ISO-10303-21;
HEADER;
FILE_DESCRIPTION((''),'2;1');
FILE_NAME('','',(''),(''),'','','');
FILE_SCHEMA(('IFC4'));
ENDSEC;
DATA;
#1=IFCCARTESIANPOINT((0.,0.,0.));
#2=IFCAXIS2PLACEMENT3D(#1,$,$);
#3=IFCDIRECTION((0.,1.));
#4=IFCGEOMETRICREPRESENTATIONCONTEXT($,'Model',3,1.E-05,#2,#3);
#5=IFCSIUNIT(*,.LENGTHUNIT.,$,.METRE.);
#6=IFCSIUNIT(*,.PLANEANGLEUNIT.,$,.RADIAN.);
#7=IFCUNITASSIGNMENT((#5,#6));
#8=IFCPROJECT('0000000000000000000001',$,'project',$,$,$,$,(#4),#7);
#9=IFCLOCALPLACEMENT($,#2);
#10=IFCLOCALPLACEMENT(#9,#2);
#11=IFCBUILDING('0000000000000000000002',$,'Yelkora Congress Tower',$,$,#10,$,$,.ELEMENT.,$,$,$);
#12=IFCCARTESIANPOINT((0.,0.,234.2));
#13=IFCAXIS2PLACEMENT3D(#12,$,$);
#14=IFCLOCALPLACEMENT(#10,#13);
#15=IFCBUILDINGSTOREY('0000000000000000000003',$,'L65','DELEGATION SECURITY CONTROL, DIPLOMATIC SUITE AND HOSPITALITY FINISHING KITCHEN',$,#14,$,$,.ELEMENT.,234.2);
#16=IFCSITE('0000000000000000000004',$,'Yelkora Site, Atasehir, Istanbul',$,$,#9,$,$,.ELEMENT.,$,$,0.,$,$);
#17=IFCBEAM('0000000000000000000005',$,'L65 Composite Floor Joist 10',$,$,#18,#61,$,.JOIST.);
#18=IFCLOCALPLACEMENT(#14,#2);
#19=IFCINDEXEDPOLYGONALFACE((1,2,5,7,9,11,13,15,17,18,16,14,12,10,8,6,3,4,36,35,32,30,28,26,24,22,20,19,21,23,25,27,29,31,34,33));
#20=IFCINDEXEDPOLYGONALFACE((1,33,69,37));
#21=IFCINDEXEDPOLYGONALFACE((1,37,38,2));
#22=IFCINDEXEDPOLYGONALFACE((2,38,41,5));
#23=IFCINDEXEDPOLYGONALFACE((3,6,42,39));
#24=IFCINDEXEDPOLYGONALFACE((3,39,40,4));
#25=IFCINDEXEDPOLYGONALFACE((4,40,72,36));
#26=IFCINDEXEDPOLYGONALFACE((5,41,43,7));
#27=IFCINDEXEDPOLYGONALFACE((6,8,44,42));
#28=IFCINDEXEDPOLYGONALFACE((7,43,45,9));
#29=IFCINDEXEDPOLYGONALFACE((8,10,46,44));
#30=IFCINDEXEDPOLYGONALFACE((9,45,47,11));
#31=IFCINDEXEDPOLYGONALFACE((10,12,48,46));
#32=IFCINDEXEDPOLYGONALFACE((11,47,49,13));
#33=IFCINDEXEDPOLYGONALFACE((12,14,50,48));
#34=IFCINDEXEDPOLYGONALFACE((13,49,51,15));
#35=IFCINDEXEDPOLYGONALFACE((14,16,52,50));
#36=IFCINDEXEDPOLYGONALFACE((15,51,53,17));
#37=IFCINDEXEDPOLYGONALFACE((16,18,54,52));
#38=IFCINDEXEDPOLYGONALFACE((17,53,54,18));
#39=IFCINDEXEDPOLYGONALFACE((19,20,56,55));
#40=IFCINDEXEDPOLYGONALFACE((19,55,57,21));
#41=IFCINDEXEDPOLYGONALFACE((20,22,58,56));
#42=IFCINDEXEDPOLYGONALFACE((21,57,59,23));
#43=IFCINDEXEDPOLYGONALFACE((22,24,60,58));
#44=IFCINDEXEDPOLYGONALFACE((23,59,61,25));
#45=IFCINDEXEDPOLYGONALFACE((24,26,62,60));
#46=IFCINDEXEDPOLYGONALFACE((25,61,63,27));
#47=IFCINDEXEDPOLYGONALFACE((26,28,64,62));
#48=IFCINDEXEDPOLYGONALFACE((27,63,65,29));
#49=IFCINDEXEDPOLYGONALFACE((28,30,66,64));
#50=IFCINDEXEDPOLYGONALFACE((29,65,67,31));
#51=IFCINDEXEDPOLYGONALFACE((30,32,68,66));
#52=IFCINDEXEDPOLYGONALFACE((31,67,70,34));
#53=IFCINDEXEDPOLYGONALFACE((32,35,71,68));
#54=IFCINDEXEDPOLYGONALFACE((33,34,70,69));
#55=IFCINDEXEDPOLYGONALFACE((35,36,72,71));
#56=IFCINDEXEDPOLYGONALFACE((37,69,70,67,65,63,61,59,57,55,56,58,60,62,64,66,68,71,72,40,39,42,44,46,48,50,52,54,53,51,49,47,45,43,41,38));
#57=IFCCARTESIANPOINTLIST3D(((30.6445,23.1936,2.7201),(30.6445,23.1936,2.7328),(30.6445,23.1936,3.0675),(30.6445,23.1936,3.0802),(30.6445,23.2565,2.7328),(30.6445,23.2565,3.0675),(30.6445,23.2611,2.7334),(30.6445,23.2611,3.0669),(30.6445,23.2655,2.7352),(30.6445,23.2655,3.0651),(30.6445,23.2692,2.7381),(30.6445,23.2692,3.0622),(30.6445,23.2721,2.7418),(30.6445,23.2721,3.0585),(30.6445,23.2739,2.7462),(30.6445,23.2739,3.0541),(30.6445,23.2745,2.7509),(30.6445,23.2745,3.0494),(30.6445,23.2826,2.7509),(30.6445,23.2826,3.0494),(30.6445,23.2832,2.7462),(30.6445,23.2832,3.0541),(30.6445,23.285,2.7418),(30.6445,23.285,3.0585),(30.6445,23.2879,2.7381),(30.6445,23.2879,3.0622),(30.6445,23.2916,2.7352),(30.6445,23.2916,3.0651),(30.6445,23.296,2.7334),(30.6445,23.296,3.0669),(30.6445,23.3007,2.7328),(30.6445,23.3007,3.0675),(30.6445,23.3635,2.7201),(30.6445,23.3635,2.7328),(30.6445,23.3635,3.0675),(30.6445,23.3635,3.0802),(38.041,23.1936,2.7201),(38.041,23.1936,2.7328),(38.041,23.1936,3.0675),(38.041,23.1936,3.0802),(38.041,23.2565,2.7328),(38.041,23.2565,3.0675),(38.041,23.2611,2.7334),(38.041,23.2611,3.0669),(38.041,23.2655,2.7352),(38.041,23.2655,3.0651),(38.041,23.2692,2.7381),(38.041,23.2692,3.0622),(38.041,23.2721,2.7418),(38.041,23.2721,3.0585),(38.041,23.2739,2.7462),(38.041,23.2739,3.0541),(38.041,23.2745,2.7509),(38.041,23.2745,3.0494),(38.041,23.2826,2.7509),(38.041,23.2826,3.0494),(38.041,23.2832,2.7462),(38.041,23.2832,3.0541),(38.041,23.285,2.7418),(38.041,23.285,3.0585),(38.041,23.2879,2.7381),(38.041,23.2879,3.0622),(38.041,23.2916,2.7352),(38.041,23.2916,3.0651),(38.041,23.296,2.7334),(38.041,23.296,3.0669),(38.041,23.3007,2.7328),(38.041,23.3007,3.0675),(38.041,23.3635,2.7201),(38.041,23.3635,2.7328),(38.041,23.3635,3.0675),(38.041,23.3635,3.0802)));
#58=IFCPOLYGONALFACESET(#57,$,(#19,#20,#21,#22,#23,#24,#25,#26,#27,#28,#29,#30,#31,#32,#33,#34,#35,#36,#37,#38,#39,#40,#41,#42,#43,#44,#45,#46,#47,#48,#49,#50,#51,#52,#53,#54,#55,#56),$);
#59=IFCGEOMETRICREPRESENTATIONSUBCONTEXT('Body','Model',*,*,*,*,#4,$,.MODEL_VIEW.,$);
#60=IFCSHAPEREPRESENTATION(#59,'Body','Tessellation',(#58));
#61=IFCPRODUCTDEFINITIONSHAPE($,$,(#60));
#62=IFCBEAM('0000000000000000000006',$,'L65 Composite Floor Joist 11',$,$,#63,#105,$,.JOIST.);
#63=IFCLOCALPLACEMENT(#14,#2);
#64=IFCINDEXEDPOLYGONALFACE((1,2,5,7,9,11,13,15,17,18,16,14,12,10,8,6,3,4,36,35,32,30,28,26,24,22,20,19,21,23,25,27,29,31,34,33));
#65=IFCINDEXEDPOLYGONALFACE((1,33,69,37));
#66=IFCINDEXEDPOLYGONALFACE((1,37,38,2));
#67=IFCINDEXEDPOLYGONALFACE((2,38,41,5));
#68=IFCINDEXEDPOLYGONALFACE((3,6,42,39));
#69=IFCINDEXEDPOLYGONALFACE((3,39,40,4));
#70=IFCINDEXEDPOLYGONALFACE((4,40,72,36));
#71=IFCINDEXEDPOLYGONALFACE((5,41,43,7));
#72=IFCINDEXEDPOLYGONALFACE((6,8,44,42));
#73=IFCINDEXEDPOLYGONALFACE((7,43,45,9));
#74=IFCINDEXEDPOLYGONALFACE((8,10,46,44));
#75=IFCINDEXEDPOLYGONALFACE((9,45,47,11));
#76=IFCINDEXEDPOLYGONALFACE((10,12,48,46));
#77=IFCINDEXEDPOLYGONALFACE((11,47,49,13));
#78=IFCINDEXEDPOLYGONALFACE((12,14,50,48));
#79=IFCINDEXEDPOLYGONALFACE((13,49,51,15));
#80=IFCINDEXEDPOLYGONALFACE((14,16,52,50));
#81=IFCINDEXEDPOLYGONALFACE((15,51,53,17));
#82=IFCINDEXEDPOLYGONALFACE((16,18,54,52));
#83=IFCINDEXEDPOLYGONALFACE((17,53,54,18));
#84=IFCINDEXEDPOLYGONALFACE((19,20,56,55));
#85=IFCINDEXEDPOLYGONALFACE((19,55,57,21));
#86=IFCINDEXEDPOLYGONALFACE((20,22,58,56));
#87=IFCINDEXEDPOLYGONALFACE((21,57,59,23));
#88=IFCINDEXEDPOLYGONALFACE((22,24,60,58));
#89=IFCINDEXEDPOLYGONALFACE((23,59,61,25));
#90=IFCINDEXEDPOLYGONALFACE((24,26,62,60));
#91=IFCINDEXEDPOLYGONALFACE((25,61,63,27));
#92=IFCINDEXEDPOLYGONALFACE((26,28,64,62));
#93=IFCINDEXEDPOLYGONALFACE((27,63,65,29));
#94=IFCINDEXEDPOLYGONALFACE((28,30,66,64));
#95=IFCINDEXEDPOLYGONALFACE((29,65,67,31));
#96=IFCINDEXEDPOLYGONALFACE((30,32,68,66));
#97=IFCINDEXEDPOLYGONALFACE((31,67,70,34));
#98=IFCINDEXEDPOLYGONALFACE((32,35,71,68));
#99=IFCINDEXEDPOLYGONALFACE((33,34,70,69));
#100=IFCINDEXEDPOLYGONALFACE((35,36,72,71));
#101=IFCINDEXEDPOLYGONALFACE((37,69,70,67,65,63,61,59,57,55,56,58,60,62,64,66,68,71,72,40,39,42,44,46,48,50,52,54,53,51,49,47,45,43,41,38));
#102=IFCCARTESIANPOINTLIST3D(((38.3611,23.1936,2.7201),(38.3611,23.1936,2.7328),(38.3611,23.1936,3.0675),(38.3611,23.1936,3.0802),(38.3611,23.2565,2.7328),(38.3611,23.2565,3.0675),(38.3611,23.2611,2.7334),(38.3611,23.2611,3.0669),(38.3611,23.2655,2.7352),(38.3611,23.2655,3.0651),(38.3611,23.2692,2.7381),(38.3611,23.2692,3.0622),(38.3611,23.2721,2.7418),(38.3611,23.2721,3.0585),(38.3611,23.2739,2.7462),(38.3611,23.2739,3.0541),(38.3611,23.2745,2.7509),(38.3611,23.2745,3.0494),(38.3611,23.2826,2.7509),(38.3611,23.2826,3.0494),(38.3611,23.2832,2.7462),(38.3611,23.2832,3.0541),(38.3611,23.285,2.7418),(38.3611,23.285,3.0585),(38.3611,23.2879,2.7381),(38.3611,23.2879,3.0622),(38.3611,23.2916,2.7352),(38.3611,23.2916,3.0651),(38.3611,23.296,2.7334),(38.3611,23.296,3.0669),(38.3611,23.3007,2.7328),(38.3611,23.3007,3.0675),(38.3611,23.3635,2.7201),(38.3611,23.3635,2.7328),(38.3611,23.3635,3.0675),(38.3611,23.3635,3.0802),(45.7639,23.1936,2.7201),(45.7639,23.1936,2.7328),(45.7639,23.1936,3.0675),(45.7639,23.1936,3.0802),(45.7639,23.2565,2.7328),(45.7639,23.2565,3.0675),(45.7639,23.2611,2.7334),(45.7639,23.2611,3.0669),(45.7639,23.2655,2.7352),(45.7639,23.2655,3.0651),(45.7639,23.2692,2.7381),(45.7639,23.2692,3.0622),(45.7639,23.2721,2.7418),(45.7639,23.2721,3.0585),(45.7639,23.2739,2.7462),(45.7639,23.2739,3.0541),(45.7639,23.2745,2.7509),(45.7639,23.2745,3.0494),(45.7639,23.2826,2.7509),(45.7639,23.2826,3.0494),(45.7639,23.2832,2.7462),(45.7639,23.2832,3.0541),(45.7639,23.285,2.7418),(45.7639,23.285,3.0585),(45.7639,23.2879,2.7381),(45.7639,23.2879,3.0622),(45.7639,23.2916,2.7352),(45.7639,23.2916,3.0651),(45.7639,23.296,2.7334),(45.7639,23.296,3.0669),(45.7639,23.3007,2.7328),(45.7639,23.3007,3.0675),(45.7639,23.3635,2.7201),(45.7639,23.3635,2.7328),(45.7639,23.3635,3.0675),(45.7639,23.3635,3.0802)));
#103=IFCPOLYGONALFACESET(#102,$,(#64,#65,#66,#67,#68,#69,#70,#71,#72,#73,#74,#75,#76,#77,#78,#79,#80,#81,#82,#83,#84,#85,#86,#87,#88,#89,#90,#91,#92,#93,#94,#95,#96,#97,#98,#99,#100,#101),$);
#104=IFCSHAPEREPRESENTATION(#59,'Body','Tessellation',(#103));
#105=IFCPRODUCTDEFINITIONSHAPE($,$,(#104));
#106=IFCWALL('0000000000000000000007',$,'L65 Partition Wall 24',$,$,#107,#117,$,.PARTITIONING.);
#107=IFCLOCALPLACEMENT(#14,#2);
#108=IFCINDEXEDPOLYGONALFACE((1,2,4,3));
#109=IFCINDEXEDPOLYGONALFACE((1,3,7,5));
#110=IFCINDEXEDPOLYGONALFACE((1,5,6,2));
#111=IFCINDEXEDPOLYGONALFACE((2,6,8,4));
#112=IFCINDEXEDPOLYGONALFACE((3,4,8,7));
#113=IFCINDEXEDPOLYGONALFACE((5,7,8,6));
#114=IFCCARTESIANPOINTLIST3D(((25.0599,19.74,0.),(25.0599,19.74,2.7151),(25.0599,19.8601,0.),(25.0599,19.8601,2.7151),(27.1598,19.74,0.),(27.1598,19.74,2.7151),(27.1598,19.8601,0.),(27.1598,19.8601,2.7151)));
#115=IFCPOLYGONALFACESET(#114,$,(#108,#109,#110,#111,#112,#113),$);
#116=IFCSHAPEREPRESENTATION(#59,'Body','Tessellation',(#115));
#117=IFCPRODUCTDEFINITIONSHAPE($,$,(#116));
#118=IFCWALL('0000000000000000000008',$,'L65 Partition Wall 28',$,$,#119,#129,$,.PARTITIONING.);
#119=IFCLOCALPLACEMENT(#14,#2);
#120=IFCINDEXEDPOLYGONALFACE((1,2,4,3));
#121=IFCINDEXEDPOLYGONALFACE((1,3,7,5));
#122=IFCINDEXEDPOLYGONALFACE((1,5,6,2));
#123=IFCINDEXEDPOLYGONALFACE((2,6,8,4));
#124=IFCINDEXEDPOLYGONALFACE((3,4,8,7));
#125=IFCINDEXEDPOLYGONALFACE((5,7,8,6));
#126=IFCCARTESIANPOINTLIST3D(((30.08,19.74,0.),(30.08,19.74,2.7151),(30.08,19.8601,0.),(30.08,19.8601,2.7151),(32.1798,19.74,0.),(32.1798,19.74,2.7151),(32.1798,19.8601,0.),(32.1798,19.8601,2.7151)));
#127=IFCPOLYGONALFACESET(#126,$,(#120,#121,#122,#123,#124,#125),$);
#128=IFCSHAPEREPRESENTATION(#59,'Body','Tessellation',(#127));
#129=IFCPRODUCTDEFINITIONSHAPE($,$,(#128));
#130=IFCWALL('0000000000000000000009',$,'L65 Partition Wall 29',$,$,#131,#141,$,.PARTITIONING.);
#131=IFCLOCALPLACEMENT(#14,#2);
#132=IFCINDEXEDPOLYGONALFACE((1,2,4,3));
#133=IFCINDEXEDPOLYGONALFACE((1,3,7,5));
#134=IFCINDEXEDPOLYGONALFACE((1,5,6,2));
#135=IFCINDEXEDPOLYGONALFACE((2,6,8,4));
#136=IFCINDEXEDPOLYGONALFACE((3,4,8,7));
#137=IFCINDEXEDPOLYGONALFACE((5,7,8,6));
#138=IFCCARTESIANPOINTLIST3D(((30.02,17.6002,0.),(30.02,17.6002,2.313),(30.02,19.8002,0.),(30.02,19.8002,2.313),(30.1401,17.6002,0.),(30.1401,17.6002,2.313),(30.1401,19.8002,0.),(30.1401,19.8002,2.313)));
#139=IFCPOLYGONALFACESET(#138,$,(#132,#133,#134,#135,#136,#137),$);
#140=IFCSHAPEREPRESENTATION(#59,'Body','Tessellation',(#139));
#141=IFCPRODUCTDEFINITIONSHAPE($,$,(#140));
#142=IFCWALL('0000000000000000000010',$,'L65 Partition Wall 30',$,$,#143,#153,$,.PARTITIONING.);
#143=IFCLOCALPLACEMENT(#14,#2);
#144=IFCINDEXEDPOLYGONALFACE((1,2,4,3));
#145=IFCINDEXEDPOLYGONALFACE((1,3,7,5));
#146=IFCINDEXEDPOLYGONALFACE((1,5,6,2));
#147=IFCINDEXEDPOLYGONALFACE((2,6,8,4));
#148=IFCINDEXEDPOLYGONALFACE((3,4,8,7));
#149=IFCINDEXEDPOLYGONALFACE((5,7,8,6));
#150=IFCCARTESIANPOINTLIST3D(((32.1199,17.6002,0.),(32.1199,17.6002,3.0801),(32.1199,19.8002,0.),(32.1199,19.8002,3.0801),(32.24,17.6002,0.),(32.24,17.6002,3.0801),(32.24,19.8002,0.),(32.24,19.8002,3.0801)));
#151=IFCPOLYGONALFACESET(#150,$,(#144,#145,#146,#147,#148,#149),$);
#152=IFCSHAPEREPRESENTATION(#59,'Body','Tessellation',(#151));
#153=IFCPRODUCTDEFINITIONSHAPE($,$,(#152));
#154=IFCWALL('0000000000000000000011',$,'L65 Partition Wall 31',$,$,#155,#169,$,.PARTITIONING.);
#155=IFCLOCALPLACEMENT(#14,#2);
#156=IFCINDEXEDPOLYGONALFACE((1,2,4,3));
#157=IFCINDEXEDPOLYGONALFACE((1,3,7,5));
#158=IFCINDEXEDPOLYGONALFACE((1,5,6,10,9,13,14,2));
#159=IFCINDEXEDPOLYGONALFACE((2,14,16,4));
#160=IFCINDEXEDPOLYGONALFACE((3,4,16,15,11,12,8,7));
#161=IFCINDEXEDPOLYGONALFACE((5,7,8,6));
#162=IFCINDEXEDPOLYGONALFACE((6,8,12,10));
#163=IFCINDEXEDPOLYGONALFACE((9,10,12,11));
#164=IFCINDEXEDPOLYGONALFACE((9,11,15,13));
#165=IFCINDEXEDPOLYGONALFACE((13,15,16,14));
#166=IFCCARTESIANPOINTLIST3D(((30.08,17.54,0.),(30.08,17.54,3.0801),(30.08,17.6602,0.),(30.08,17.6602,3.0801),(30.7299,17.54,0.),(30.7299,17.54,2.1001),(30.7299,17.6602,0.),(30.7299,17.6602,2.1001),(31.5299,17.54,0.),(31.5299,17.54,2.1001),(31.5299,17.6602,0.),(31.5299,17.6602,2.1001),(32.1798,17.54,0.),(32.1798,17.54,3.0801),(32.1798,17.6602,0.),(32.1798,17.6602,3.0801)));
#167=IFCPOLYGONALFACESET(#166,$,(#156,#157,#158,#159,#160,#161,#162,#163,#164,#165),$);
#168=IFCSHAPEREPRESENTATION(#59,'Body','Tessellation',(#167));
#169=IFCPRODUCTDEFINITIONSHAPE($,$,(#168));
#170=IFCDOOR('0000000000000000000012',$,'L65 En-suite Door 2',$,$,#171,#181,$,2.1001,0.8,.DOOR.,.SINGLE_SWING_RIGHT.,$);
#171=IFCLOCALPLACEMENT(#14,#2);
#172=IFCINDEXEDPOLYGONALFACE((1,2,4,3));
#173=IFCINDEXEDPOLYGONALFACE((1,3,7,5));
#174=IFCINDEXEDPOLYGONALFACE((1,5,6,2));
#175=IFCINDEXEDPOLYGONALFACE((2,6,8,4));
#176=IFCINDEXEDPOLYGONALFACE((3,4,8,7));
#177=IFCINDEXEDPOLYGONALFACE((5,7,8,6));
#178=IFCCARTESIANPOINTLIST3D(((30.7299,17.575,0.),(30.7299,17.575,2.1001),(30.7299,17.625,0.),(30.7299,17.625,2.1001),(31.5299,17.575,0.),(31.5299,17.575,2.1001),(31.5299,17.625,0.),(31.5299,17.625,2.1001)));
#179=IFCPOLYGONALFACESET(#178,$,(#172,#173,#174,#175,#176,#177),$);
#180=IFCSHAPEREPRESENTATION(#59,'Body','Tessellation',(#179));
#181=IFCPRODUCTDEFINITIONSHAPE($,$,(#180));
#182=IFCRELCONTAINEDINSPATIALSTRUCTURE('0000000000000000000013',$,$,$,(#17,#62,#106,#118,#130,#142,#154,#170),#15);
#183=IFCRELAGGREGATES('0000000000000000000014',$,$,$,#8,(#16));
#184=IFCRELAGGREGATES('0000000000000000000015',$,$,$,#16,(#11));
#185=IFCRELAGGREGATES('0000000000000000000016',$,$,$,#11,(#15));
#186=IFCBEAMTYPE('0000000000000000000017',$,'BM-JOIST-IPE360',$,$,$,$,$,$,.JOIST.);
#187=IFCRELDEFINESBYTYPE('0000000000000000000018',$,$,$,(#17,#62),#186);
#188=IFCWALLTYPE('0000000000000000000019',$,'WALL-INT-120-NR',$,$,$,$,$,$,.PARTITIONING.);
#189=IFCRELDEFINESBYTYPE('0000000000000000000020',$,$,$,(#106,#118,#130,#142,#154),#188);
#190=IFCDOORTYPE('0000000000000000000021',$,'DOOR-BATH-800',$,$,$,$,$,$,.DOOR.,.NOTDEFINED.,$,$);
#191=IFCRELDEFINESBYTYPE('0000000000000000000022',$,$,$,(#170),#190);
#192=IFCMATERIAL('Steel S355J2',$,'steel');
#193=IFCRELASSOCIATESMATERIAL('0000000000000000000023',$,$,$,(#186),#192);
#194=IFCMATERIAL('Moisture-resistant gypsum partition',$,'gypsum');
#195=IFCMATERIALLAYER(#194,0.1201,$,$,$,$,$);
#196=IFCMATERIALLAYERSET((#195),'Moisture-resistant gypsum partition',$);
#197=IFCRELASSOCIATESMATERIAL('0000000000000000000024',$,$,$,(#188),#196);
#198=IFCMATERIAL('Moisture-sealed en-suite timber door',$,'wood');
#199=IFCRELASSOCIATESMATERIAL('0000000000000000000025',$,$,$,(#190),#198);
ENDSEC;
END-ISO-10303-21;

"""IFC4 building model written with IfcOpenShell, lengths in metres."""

from ifc_helpers import new_model, si_unit, direction, frame, frame_2d, origin, origin_2d, place, context, subcontext, project, spatial, rectangle, i_section, extrude, material, layer, layer_set, material_profile, profile_set, type_object, element, fill, save


model = new_model("IFC4")

# Units and contexts
model_context = context("Model", 3, precision=1e-05, world=origin(), true_north=direction((0.0, 1.0)))
body_context = subcontext(model_context, "Body", "Model", "MODEL_VIEW")
ifc_project = project(units=[si_unit("LENGTHUNIT", "METRE"), si_unit("PLANEANGLEUNIT", "RADIAN")], contexts=[model_context])

# Site, building, storey
site_placement = place(None, origin())
site = spatial("IfcSite", under=ifc_project, at=site_placement, Name="Yelkora Site, Atasehir, Istanbul", CompositionType="ELEMENT", RefElevation=0.0)
building_placement = place(site_placement, origin())
building = spatial("IfcBuilding", under=site, at=building_placement, Name="Yelkora Congress Tower", CompositionType="ELEMENT")
storey_placement = place(building_placement, frame((0.0, 0.0, 234.2)))
storey = spatial("IfcBuildingStorey", under=building, at=storey_placement, Name="L65", Description="DELEGATION SECURITY CONTROL, DIPLOMATIC SUITE AND HOSPITALITY FINISHING KITCHEN", CompositionType="ELEMENT", Elevation=234.2)

# Beams
ifc_material_1 = material(Name="Steel S355J2", Category="steel")
ifc_material_profile_1 = material_profile(ifc_material_1, i_section(OverallWidth=0.1699, OverallDepth=0.3601, WebThickness=0.0081, FlangeThickness=0.0127, FilletRadius=0.0181, at=origin_2d()), Name="IPE 360")
ifc_profile_set_1 = profile_set([ifc_material_profile_1], Name="Steel S355J2")
beam_type_1 = type_object("IfcBeamType", Name="BM-JOIST-IPE360", PredefinedType="JOIST", material=ifc_profile_set_1)
beam_1_placement = place(storey_placement, frame((30.6445, 23.2786, 2.9001), z_axis=(1.0, 0.0, 0.0), x_axis=(0.0, 1.0, 0.0)))
element("IfcBeam", 1, at=beam_1_placement, inside=storey, type_object=beam_type_1, Name="L65 Composite Floor Joist 10", PredefinedType="JOIST", context=body_context, shape_type="SweptSolid", body=[
    extrude(i_section(OverallWidth=0.1699, OverallDepth=0.3601, WebThickness=0.0081, FlangeThickness=0.0127, FilletRadius=0.0181, at=origin_2d()), origin(), (0.0, 0.0, 1.0), 7.3965),
])
beam_2_placement = place(storey_placement, frame((38.3611, 23.2786, 2.9001), z_axis=(1.0, 0.0, 0.0), x_axis=(0.0, 1.0, 0.0)))
element("IfcBeam", 2, at=beam_2_placement, inside=storey, type_object=beam_type_1, Name="L65 Composite Floor Joist 11", PredefinedType="JOIST", context=body_context, shape_type="SweptSolid", body=[
    extrude(i_section(OverallWidth=0.1699, OverallDepth=0.3601, WebThickness=0.0081, FlangeThickness=0.0127, FilletRadius=0.0181, at=origin_2d()), origin(), (0.0, 0.0, 1.0), 7.4028),
])

# Walls
ifc_material_2 = material(Name="Moisture-resistant gypsum partition", Category="gypsum")
ifc_layer_1 = layer(ifc_material_2, 0.1201)
ifc_layer_set_1 = layer_set([ifc_layer_1], Name="Moisture-resistant gypsum partition")
wall_type_1 = type_object("IfcWallType", Name="WALL-INT-120-NR", PredefinedType="PARTITIONING", material=ifc_layer_set_1)
for number, where, z_axis, x_axis, name in (
    (3, (25.0601, 19.8, 0.0), (0.0, 0.0, 1.0), (1.0, 0.0, 0.0), "L65 Partition Wall 24"),
    (4, (30.0801, 19.8, 0.0), (0.0, 0.0, 1.0), (1.0, 0.0, 0.0), "L65 Partition Wall 28"),
):
    element("IfcWall", number, at=place(storey_placement, frame(where, z_axis=z_axis, x_axis=x_axis)), inside=storey, type_object=wall_type_1, Name=name, PredefinedType="PARTITIONING", context=body_context, shape_type="SweptSolid", body=[
        extrude(rectangle(XDim=2.0999, YDim=0.1201, at=frame_2d((1.0498, 0.0))), origin(), (0.0, 0.0, 1.0), 2.7151),
    ])
wall_1_placement = place(storey_placement, frame((30.0801, 17.6001, 0.0), z_axis=(0.0, 0.0, 1.0), x_axis=(0.0, 1.0, 0.0)))
element("IfcWall", 5, at=wall_1_placement, inside=storey, type_object=wall_type_1, Name="L65 Partition Wall 29", PredefinedType="PARTITIONING", context=body_context, shape_type="SweptSolid", body=[
    extrude(rectangle(XDim=2.2, YDim=0.1201, at=frame_2d((1.1001, 0.0))), origin(), (0.0, 0.0, 1.0), 2.313),
])
wall_2_placement = place(storey_placement, frame((32.1799, 17.6001, 0.0), z_axis=(0.0, 0.0, 1.0), x_axis=(0.0, 1.0, 0.0)))
element("IfcWall", 6, at=wall_2_placement, inside=storey, type_object=wall_type_1, Name="L65 Partition Wall 30", PredefinedType="PARTITIONING", context=body_context, shape_type="SweptSolid", body=[
    extrude(rectangle(XDim=2.2, YDim=0.1201, at=frame_2d((1.1001, 0.0))), origin(), (0.0, 0.0, 1.0), 3.0801),
])

# Wall, opening, door
wall_3_placement = place(storey_placement, frame((30.0801, 17.6001, 0.0), z_axis=(0.0, 0.0, 1.0), x_axis=(1.0, 0.0, 0.0)))
wall_3 = element("IfcWall", 7, at=wall_3_placement, inside=storey, type_object=wall_type_1, Name="L65 Partition Wall 31", PredefinedType="PARTITIONING", context=body_context, shape_type="SweptSolid", body=[
    extrude(rectangle(XDim=2.0999, YDim=0.1201, at=frame_2d((1.0498, 0.0))), origin(), (0.0, 0.0, 1.0), 3.0801),
])
opening_1_placement = place(wall_3_placement, frame((0.6499, 0.0, 0.0)))
opening_1 = element("IfcOpeningElement", 8, at=opening_1_placement, cuts=wall_3, PredefinedType="OPENING", context=body_context, shape_type="SweptSolid", body=[
    extrude(rectangle(XDim=0.8, YDim=2.1001, at=frame_2d((0.3999, 1.05))), frame((0.0, 0.0701, 0.0), z_axis=(0.0, -1.0, 0.0), x_axis=(1.0, 0.0, 0.0)), (0.0, 0.0, 1.0), 0.1401),
])
ifc_material_3 = material(Name="Moisture-sealed en-suite timber door", Category="wood")
door_type_1 = type_object("IfcDoorType", Name="DOOR-BATH-800", OperationType="NOTDEFINED", PredefinedType="DOOR", material=ifc_material_3)
door_1_placement = place(opening_1_placement, origin())
door_1 = element("IfcDoor", 9, at=door_1_placement, inside=storey, type_object=door_type_1, Name="L65 En-suite Door 2", OperationType="SINGLE_SWING_RIGHT", OverallHeight=2.1001, OverallWidth=0.8, PredefinedType="DOOR", context=body_context, shape_type="SweptSolid", body=[
    extrude(rectangle(XDim=0.8, YDim=2.1001, at=frame_2d((0.3999, 1.05))), frame((0.0, 0.0249, 0.0), z_axis=(0.0, -1.0, 0.0), x_axis=(1.0, 0.0, 0.0)), (0.0, 0.0, 1.0), 0.05),
])
fill(opening_1, door_1)

save(model, "model.ifc")
